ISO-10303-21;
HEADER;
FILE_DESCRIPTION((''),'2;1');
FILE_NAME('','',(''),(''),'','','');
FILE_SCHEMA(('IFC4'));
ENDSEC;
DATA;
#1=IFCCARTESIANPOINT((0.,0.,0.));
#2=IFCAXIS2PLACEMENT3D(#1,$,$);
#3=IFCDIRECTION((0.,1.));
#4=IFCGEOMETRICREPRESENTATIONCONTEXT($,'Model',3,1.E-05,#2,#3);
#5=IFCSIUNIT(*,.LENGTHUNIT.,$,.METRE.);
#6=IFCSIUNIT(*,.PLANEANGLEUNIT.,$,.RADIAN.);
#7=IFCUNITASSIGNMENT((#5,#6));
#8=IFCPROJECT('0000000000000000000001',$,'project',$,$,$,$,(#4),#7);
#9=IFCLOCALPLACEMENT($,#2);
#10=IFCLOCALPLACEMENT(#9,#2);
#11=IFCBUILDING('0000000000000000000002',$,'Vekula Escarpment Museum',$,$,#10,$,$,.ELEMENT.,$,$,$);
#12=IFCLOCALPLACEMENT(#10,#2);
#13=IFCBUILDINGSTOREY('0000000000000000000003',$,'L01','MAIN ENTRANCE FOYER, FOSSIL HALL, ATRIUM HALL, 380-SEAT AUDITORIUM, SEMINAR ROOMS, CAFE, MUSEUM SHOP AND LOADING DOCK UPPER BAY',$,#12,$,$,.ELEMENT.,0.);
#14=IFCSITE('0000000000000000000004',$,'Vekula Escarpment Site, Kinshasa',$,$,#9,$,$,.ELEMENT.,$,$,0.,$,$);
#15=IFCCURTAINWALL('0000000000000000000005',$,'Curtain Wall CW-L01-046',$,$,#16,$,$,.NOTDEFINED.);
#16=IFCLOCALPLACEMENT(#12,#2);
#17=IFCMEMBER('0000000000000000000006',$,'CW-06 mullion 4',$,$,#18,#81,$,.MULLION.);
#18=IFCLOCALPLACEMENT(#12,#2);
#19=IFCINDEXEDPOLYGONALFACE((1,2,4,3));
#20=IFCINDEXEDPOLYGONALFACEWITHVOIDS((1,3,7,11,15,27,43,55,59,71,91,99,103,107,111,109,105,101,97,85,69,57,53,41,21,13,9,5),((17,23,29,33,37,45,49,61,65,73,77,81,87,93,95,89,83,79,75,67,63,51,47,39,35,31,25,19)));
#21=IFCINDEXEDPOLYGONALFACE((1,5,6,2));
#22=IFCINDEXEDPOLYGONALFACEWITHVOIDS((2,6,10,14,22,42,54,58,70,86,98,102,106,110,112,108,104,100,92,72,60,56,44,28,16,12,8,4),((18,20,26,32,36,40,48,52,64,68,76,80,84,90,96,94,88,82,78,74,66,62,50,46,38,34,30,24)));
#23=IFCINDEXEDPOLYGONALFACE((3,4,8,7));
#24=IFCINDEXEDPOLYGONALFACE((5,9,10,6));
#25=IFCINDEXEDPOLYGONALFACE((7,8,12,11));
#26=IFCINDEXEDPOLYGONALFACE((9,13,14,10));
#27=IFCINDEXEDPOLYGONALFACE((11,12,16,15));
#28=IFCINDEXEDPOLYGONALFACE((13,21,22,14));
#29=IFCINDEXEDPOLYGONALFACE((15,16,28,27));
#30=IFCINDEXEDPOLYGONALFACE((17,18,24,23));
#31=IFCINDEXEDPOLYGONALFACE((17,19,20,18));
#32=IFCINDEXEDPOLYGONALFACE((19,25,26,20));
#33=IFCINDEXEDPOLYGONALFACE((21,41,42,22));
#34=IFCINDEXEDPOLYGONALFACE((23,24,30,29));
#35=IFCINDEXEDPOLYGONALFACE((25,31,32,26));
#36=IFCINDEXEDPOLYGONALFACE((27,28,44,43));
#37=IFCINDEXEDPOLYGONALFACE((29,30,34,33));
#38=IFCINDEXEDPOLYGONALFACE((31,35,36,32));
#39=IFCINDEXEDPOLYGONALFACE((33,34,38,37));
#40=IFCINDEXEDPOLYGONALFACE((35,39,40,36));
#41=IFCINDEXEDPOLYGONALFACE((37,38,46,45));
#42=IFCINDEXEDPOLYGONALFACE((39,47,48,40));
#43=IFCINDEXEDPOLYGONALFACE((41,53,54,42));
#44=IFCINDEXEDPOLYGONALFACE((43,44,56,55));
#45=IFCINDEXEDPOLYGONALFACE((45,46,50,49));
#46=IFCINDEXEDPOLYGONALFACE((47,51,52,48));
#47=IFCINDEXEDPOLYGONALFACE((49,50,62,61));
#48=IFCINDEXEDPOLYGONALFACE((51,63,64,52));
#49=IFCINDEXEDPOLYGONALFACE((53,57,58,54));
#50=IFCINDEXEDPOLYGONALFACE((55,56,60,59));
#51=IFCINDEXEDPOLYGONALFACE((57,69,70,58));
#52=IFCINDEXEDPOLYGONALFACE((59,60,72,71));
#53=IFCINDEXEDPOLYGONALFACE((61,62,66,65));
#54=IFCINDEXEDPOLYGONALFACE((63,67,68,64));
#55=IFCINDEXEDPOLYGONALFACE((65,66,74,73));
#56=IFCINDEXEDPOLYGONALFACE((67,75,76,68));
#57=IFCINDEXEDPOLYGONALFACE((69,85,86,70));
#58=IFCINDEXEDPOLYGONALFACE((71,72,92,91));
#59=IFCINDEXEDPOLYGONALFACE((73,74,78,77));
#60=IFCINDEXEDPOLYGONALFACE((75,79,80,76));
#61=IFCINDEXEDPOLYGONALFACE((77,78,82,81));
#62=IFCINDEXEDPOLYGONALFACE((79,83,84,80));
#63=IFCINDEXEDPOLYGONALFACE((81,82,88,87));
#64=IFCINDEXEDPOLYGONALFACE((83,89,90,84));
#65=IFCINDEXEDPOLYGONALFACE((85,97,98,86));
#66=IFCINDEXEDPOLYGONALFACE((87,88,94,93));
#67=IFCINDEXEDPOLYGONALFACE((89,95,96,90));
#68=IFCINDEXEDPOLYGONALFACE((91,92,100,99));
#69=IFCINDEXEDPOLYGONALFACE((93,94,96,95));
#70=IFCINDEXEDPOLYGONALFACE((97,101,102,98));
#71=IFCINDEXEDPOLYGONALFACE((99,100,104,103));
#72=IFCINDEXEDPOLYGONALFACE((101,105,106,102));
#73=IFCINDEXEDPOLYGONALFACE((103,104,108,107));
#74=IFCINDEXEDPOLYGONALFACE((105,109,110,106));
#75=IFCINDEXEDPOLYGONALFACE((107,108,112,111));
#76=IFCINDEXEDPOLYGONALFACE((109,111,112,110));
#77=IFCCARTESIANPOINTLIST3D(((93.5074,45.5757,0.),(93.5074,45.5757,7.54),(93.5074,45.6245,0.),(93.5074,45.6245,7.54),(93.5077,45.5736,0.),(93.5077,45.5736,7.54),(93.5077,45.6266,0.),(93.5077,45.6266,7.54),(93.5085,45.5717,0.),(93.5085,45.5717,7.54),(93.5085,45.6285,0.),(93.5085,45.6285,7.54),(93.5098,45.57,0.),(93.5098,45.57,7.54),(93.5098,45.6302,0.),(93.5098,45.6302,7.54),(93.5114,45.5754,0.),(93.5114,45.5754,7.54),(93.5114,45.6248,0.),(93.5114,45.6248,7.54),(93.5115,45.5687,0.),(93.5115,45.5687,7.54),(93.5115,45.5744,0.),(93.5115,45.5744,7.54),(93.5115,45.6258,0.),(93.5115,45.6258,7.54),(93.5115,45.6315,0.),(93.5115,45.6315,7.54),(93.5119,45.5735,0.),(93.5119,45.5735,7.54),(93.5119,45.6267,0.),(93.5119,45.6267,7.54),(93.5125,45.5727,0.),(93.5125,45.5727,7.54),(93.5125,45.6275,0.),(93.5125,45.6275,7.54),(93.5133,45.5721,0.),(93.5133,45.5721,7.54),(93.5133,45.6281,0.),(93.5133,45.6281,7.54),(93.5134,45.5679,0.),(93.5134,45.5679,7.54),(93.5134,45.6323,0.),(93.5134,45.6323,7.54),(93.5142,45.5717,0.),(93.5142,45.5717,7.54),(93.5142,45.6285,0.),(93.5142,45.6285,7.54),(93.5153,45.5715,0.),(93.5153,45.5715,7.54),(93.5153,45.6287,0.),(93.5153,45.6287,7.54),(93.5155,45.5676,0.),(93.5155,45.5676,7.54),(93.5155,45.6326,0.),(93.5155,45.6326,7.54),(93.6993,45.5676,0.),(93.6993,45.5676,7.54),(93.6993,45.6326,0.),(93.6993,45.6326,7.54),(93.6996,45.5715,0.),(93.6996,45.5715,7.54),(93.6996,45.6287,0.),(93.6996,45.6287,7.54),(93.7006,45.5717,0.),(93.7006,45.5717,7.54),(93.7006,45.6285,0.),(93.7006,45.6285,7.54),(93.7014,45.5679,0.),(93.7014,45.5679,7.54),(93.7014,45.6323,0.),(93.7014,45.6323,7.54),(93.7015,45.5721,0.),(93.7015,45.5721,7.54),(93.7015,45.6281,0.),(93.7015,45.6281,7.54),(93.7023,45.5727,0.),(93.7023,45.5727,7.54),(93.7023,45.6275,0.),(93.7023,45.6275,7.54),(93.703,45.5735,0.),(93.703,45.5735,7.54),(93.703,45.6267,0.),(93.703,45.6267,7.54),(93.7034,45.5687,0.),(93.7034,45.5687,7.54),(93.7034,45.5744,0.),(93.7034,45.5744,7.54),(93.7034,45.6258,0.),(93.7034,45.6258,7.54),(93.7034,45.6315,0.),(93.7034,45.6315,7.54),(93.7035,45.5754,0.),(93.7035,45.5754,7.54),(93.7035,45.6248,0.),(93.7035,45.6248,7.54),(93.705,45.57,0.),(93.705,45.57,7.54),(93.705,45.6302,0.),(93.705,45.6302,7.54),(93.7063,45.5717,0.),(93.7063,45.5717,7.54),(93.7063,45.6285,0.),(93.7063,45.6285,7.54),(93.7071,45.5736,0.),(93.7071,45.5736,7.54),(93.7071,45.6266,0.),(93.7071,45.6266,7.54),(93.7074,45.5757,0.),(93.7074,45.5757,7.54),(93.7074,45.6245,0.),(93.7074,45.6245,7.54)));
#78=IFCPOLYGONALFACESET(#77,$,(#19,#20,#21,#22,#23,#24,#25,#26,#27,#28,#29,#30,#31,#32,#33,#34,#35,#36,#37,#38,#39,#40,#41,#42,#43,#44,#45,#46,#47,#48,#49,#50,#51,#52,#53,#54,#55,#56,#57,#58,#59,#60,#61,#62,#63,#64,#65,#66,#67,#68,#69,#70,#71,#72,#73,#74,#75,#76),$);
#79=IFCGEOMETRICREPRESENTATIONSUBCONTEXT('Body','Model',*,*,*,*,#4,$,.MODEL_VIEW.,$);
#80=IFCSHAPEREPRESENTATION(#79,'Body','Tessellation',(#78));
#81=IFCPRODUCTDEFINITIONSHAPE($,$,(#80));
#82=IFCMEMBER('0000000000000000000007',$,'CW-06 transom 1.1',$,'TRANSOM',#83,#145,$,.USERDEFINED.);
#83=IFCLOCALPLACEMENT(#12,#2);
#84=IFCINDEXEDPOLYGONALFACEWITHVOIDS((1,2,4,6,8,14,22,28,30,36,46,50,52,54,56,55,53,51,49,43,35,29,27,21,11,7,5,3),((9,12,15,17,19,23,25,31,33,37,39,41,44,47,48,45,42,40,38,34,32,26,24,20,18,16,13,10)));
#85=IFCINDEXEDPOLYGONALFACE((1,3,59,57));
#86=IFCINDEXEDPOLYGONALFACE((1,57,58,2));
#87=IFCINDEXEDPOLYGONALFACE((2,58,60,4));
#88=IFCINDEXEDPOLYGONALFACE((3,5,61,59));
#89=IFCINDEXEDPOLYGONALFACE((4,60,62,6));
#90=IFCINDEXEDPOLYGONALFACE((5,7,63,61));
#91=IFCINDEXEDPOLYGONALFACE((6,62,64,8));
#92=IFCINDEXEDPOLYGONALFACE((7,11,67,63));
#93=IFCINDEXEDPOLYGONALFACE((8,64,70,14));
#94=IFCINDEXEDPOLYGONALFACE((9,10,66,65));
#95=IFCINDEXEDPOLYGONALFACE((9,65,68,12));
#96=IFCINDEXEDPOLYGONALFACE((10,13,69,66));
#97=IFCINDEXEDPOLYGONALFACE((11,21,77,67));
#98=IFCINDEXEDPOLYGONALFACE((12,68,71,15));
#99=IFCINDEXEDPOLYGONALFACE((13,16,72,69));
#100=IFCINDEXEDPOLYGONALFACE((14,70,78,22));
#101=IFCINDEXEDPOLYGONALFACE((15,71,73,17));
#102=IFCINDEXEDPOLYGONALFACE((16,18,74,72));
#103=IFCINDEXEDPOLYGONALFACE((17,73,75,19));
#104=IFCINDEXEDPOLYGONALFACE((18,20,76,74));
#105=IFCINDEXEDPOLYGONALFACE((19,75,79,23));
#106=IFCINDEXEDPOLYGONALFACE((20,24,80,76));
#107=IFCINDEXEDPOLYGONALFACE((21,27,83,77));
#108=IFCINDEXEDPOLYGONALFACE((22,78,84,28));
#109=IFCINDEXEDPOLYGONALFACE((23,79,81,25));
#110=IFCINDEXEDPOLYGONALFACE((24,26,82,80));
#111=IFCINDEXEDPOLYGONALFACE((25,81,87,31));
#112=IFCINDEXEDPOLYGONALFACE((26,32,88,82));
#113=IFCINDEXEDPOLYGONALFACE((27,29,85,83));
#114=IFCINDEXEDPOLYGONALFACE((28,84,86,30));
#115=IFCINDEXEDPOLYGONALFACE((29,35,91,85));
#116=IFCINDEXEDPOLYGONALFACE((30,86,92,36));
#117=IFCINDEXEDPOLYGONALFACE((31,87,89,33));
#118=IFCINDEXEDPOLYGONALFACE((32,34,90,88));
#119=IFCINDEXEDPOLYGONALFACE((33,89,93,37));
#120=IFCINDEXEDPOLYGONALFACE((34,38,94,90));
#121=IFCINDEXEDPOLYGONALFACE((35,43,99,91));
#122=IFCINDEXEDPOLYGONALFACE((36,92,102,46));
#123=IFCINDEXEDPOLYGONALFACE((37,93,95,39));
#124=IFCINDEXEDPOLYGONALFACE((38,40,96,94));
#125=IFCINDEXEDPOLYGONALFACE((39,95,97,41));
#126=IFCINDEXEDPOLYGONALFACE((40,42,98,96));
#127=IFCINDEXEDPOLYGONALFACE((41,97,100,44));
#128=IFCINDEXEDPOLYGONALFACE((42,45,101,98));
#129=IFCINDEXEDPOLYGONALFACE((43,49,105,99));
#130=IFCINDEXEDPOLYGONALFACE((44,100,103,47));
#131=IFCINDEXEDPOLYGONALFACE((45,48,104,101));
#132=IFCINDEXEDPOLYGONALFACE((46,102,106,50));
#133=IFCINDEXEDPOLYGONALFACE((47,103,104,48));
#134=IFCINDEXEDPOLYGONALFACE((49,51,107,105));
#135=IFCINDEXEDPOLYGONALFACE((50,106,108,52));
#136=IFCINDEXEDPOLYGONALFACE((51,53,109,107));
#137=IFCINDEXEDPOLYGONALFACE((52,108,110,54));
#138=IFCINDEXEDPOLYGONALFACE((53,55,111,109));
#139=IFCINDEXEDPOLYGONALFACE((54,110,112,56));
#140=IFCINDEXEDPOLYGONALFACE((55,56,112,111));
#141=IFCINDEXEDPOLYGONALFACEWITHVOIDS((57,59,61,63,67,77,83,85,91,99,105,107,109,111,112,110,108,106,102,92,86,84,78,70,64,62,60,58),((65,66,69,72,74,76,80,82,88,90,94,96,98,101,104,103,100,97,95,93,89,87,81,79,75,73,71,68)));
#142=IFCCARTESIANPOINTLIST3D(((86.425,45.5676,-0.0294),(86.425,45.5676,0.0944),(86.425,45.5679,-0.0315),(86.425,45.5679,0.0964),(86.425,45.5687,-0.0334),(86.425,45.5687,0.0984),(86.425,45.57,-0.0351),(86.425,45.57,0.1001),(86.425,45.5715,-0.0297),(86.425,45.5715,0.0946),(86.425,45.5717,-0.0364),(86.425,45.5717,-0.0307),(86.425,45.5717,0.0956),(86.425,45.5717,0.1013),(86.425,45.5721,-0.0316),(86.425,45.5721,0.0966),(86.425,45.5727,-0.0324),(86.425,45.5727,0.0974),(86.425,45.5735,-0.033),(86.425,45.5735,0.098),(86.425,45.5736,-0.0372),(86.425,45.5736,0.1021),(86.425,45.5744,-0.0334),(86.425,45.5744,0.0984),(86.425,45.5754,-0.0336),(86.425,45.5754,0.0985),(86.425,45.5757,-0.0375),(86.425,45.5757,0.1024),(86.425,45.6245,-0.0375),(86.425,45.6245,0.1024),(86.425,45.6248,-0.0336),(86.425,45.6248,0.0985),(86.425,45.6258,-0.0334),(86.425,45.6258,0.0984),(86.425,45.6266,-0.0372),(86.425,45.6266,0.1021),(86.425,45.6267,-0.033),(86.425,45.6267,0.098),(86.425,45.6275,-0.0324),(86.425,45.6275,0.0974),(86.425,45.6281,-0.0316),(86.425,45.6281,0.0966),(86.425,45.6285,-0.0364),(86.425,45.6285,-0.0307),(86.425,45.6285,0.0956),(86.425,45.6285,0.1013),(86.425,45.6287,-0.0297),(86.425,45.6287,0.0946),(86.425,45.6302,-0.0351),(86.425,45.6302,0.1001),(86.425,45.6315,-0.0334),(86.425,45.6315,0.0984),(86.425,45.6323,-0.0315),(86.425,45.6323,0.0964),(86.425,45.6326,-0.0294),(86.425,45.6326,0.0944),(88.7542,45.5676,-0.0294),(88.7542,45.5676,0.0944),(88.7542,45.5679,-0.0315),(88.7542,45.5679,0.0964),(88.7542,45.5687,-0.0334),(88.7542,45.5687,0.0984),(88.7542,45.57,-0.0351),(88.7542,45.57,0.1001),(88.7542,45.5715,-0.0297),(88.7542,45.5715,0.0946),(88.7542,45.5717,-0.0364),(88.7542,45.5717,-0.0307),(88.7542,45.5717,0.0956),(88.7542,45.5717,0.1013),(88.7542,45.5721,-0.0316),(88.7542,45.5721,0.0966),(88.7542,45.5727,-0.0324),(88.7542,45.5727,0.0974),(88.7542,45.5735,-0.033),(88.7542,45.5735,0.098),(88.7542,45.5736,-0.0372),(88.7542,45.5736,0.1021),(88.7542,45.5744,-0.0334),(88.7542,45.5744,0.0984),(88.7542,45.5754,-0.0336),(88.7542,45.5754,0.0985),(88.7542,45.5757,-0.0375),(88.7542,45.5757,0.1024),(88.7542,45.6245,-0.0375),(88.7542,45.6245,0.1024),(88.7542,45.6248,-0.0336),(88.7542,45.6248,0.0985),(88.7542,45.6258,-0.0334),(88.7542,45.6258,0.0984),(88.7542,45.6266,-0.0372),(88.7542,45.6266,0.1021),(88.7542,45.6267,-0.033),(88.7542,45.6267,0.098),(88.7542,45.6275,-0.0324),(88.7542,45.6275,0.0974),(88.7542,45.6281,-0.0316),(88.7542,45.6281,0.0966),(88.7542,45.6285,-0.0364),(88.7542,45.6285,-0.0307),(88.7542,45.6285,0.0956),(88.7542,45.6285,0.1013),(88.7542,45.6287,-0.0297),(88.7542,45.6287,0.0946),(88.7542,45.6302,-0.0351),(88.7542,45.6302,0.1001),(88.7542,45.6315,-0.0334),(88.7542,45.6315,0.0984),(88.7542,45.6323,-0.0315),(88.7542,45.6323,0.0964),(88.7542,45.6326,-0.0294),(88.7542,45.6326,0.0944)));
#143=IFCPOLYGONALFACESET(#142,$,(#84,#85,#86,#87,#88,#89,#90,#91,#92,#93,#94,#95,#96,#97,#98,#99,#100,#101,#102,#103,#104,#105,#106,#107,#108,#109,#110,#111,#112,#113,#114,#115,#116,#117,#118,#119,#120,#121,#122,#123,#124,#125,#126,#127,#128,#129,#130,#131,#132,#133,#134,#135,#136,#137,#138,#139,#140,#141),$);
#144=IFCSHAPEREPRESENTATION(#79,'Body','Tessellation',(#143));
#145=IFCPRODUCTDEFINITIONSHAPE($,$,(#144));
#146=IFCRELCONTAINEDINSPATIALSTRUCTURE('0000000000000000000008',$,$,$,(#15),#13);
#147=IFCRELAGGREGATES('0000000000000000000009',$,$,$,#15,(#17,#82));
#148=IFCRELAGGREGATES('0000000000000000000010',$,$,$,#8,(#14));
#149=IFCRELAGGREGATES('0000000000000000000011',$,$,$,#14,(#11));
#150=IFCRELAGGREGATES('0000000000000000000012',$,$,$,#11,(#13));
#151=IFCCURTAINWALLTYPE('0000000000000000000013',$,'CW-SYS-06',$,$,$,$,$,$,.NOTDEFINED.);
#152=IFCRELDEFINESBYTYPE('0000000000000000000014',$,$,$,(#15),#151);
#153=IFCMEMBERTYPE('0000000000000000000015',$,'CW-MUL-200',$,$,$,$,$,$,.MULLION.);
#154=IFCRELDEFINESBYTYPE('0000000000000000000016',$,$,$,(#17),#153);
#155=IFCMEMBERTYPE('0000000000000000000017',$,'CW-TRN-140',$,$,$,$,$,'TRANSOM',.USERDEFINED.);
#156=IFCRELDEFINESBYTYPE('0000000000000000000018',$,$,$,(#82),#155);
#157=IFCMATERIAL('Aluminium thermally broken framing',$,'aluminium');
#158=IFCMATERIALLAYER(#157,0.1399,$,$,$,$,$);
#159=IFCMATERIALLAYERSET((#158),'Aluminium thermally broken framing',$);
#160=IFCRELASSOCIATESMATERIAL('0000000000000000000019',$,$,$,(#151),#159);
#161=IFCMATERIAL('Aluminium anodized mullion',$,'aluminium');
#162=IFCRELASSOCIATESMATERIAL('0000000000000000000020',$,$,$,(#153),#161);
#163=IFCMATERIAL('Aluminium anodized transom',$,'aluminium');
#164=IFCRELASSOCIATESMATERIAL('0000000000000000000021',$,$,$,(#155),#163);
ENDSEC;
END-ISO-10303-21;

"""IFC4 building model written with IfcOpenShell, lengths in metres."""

from ifc_helpers import new_model, si_unit, direction, frame, origin, origin_2d, place, context, subcontext, project, spatial, hollow_rectangle, extrude, material, layer, layer_set, material_profile, profile_set, type_object, element, aggregate, save


model = new_model("IFC4")

# Units and contexts
model_context = context("Model", 3, precision=1e-05, world=origin(), true_north=direction((0.0, 1.0)))
body_context = subcontext(model_context, "Body", "Model", "MODEL_VIEW")
ifc_project = project(units=[si_unit("LENGTHUNIT", "METRE"), si_unit("PLANEANGLEUNIT", "RADIAN")], contexts=[model_context])

# Site, building, storey
site_placement = place(None, origin())
site = spatial("IfcSite", under=ifc_project, at=site_placement, Name="Vekula Escarpment Site, Kinshasa", CompositionType="ELEMENT", RefElevation=0.0)
building_placement = place(site_placement, origin())
building = spatial("IfcBuilding", under=site, at=building_placement, Name="Vekula Escarpment Museum", CompositionType="ELEMENT")
storey_placement = place(building_placement, origin())
storey = spatial("IfcBuildingStorey", under=building, at=storey_placement, Name="L01", Description="MAIN ENTRANCE FOYER, FOSSIL HALL, ATRIUM HALL, 380-SEAT AUDITORIUM, SEMINAR ROOMS, CAFE, MUSEUM SHOP AND LOADING DOCK UPPER BAY", CompositionType="ELEMENT", Elevation=0.0)

# Curtain wall, members
ifc_material_1 = material(Name="Aluminium thermally broken framing", Category="aluminium")
ifc_layer_1 = layer(ifc_material_1, 0.1399)
ifc_layer_set_1 = layer_set([ifc_layer_1], Name="Aluminium thermally broken framing")
curtain_wall_type = type_object("IfcCurtainWallType", Name="CW-SYS-06", PredefinedType="NOTDEFINED", material=ifc_layer_set_1)
curtain_wall_placement = place(storey_placement, origin())
curtain_wall = element("IfcCurtainWall", 1, at=curtain_wall_placement, inside=storey, type_object=curtain_wall_type, Name="Curtain Wall CW-L01-046", PredefinedType="NOTDEFINED")
ifc_material_2 = material(Name="Aluminium anodized mullion", Category="aluminium")
ifc_material_profile_1 = material_profile(ifc_material_2, hollow_rectangle(XDim=0.0649, YDim=0.2, WallThickness=0.0039, InnerFilletRadius=0.0039, OuterFilletRadius=0.0081, at=origin_2d()), Name="ALU 200x65x4")
ifc_profile_set_1 = profile_set([ifc_material_profile_1], Name="Aluminium anodized mullion")
member_type_1 = type_object("IfcMemberType", Name="CW-MUL-200", PredefinedType="MULLION", material=ifc_profile_set_1)
member_1_placement = place(storey_placement, frame((93.6074, 45.6001, 0.0), z_axis=(0.0, 0.0, 1.0), x_axis=(0.0, 1.0, 0.0)))
member_1 = element("IfcMember", 2, at=member_1_placement, type_object=member_type_1, Name="CW-06 mullion 4", PredefinedType="MULLION", context=body_context, shape_type="SweptSolid", body=[
    extrude(hollow_rectangle(XDim=0.0649, YDim=0.2, WallThickness=0.0039, InnerFilletRadius=0.0039, OuterFilletRadius=0.0081, at=origin_2d()), origin(), (0.0, 0.0, 1.0), 7.54),
])
ifc_material_3 = material(Name="Aluminium anodized transom", Category="aluminium")
ifc_material_profile_2 = material_profile(ifc_material_3, hollow_rectangle(XDim=0.0649, YDim=0.1399, WallThickness=0.0039, InnerFilletRadius=0.0039, OuterFilletRadius=0.0081, at=origin_2d()), Name="ALU 140x65x4")
ifc_profile_set_2 = profile_set([ifc_material_profile_2], Name="Aluminium anodized transom")
member_type_2 = type_object("IfcMemberType", Name="CW-TRN-140", ElementType="TRANSOM", PredefinedType="USERDEFINED", material=ifc_profile_set_2)
member_2_placement = place(storey_placement, frame((86.425, 45.6001, 0.0325), z_axis=(1.0, 0.0, 0.0), x_axis=(0.0, 1.0, 0.0)))
member_2 = element("IfcMember", 3, at=member_2_placement, type_object=member_type_2, Name="CW-06 transom 1.1", ObjectType="TRANSOM", PredefinedType="USERDEFINED", context=body_context, shape_type="SweptSolid", body=[
    extrude(hollow_rectangle(XDim=0.0649, YDim=0.1399, WallThickness=0.0039, InnerFilletRadius=0.0039, OuterFilletRadius=0.0081, at=origin_2d()), origin(), (0.0, 0.0, 1.0), 2.3291),
])
aggregate(curtain_wall, [member_1, member_2])

save(model, "model.ifc")
